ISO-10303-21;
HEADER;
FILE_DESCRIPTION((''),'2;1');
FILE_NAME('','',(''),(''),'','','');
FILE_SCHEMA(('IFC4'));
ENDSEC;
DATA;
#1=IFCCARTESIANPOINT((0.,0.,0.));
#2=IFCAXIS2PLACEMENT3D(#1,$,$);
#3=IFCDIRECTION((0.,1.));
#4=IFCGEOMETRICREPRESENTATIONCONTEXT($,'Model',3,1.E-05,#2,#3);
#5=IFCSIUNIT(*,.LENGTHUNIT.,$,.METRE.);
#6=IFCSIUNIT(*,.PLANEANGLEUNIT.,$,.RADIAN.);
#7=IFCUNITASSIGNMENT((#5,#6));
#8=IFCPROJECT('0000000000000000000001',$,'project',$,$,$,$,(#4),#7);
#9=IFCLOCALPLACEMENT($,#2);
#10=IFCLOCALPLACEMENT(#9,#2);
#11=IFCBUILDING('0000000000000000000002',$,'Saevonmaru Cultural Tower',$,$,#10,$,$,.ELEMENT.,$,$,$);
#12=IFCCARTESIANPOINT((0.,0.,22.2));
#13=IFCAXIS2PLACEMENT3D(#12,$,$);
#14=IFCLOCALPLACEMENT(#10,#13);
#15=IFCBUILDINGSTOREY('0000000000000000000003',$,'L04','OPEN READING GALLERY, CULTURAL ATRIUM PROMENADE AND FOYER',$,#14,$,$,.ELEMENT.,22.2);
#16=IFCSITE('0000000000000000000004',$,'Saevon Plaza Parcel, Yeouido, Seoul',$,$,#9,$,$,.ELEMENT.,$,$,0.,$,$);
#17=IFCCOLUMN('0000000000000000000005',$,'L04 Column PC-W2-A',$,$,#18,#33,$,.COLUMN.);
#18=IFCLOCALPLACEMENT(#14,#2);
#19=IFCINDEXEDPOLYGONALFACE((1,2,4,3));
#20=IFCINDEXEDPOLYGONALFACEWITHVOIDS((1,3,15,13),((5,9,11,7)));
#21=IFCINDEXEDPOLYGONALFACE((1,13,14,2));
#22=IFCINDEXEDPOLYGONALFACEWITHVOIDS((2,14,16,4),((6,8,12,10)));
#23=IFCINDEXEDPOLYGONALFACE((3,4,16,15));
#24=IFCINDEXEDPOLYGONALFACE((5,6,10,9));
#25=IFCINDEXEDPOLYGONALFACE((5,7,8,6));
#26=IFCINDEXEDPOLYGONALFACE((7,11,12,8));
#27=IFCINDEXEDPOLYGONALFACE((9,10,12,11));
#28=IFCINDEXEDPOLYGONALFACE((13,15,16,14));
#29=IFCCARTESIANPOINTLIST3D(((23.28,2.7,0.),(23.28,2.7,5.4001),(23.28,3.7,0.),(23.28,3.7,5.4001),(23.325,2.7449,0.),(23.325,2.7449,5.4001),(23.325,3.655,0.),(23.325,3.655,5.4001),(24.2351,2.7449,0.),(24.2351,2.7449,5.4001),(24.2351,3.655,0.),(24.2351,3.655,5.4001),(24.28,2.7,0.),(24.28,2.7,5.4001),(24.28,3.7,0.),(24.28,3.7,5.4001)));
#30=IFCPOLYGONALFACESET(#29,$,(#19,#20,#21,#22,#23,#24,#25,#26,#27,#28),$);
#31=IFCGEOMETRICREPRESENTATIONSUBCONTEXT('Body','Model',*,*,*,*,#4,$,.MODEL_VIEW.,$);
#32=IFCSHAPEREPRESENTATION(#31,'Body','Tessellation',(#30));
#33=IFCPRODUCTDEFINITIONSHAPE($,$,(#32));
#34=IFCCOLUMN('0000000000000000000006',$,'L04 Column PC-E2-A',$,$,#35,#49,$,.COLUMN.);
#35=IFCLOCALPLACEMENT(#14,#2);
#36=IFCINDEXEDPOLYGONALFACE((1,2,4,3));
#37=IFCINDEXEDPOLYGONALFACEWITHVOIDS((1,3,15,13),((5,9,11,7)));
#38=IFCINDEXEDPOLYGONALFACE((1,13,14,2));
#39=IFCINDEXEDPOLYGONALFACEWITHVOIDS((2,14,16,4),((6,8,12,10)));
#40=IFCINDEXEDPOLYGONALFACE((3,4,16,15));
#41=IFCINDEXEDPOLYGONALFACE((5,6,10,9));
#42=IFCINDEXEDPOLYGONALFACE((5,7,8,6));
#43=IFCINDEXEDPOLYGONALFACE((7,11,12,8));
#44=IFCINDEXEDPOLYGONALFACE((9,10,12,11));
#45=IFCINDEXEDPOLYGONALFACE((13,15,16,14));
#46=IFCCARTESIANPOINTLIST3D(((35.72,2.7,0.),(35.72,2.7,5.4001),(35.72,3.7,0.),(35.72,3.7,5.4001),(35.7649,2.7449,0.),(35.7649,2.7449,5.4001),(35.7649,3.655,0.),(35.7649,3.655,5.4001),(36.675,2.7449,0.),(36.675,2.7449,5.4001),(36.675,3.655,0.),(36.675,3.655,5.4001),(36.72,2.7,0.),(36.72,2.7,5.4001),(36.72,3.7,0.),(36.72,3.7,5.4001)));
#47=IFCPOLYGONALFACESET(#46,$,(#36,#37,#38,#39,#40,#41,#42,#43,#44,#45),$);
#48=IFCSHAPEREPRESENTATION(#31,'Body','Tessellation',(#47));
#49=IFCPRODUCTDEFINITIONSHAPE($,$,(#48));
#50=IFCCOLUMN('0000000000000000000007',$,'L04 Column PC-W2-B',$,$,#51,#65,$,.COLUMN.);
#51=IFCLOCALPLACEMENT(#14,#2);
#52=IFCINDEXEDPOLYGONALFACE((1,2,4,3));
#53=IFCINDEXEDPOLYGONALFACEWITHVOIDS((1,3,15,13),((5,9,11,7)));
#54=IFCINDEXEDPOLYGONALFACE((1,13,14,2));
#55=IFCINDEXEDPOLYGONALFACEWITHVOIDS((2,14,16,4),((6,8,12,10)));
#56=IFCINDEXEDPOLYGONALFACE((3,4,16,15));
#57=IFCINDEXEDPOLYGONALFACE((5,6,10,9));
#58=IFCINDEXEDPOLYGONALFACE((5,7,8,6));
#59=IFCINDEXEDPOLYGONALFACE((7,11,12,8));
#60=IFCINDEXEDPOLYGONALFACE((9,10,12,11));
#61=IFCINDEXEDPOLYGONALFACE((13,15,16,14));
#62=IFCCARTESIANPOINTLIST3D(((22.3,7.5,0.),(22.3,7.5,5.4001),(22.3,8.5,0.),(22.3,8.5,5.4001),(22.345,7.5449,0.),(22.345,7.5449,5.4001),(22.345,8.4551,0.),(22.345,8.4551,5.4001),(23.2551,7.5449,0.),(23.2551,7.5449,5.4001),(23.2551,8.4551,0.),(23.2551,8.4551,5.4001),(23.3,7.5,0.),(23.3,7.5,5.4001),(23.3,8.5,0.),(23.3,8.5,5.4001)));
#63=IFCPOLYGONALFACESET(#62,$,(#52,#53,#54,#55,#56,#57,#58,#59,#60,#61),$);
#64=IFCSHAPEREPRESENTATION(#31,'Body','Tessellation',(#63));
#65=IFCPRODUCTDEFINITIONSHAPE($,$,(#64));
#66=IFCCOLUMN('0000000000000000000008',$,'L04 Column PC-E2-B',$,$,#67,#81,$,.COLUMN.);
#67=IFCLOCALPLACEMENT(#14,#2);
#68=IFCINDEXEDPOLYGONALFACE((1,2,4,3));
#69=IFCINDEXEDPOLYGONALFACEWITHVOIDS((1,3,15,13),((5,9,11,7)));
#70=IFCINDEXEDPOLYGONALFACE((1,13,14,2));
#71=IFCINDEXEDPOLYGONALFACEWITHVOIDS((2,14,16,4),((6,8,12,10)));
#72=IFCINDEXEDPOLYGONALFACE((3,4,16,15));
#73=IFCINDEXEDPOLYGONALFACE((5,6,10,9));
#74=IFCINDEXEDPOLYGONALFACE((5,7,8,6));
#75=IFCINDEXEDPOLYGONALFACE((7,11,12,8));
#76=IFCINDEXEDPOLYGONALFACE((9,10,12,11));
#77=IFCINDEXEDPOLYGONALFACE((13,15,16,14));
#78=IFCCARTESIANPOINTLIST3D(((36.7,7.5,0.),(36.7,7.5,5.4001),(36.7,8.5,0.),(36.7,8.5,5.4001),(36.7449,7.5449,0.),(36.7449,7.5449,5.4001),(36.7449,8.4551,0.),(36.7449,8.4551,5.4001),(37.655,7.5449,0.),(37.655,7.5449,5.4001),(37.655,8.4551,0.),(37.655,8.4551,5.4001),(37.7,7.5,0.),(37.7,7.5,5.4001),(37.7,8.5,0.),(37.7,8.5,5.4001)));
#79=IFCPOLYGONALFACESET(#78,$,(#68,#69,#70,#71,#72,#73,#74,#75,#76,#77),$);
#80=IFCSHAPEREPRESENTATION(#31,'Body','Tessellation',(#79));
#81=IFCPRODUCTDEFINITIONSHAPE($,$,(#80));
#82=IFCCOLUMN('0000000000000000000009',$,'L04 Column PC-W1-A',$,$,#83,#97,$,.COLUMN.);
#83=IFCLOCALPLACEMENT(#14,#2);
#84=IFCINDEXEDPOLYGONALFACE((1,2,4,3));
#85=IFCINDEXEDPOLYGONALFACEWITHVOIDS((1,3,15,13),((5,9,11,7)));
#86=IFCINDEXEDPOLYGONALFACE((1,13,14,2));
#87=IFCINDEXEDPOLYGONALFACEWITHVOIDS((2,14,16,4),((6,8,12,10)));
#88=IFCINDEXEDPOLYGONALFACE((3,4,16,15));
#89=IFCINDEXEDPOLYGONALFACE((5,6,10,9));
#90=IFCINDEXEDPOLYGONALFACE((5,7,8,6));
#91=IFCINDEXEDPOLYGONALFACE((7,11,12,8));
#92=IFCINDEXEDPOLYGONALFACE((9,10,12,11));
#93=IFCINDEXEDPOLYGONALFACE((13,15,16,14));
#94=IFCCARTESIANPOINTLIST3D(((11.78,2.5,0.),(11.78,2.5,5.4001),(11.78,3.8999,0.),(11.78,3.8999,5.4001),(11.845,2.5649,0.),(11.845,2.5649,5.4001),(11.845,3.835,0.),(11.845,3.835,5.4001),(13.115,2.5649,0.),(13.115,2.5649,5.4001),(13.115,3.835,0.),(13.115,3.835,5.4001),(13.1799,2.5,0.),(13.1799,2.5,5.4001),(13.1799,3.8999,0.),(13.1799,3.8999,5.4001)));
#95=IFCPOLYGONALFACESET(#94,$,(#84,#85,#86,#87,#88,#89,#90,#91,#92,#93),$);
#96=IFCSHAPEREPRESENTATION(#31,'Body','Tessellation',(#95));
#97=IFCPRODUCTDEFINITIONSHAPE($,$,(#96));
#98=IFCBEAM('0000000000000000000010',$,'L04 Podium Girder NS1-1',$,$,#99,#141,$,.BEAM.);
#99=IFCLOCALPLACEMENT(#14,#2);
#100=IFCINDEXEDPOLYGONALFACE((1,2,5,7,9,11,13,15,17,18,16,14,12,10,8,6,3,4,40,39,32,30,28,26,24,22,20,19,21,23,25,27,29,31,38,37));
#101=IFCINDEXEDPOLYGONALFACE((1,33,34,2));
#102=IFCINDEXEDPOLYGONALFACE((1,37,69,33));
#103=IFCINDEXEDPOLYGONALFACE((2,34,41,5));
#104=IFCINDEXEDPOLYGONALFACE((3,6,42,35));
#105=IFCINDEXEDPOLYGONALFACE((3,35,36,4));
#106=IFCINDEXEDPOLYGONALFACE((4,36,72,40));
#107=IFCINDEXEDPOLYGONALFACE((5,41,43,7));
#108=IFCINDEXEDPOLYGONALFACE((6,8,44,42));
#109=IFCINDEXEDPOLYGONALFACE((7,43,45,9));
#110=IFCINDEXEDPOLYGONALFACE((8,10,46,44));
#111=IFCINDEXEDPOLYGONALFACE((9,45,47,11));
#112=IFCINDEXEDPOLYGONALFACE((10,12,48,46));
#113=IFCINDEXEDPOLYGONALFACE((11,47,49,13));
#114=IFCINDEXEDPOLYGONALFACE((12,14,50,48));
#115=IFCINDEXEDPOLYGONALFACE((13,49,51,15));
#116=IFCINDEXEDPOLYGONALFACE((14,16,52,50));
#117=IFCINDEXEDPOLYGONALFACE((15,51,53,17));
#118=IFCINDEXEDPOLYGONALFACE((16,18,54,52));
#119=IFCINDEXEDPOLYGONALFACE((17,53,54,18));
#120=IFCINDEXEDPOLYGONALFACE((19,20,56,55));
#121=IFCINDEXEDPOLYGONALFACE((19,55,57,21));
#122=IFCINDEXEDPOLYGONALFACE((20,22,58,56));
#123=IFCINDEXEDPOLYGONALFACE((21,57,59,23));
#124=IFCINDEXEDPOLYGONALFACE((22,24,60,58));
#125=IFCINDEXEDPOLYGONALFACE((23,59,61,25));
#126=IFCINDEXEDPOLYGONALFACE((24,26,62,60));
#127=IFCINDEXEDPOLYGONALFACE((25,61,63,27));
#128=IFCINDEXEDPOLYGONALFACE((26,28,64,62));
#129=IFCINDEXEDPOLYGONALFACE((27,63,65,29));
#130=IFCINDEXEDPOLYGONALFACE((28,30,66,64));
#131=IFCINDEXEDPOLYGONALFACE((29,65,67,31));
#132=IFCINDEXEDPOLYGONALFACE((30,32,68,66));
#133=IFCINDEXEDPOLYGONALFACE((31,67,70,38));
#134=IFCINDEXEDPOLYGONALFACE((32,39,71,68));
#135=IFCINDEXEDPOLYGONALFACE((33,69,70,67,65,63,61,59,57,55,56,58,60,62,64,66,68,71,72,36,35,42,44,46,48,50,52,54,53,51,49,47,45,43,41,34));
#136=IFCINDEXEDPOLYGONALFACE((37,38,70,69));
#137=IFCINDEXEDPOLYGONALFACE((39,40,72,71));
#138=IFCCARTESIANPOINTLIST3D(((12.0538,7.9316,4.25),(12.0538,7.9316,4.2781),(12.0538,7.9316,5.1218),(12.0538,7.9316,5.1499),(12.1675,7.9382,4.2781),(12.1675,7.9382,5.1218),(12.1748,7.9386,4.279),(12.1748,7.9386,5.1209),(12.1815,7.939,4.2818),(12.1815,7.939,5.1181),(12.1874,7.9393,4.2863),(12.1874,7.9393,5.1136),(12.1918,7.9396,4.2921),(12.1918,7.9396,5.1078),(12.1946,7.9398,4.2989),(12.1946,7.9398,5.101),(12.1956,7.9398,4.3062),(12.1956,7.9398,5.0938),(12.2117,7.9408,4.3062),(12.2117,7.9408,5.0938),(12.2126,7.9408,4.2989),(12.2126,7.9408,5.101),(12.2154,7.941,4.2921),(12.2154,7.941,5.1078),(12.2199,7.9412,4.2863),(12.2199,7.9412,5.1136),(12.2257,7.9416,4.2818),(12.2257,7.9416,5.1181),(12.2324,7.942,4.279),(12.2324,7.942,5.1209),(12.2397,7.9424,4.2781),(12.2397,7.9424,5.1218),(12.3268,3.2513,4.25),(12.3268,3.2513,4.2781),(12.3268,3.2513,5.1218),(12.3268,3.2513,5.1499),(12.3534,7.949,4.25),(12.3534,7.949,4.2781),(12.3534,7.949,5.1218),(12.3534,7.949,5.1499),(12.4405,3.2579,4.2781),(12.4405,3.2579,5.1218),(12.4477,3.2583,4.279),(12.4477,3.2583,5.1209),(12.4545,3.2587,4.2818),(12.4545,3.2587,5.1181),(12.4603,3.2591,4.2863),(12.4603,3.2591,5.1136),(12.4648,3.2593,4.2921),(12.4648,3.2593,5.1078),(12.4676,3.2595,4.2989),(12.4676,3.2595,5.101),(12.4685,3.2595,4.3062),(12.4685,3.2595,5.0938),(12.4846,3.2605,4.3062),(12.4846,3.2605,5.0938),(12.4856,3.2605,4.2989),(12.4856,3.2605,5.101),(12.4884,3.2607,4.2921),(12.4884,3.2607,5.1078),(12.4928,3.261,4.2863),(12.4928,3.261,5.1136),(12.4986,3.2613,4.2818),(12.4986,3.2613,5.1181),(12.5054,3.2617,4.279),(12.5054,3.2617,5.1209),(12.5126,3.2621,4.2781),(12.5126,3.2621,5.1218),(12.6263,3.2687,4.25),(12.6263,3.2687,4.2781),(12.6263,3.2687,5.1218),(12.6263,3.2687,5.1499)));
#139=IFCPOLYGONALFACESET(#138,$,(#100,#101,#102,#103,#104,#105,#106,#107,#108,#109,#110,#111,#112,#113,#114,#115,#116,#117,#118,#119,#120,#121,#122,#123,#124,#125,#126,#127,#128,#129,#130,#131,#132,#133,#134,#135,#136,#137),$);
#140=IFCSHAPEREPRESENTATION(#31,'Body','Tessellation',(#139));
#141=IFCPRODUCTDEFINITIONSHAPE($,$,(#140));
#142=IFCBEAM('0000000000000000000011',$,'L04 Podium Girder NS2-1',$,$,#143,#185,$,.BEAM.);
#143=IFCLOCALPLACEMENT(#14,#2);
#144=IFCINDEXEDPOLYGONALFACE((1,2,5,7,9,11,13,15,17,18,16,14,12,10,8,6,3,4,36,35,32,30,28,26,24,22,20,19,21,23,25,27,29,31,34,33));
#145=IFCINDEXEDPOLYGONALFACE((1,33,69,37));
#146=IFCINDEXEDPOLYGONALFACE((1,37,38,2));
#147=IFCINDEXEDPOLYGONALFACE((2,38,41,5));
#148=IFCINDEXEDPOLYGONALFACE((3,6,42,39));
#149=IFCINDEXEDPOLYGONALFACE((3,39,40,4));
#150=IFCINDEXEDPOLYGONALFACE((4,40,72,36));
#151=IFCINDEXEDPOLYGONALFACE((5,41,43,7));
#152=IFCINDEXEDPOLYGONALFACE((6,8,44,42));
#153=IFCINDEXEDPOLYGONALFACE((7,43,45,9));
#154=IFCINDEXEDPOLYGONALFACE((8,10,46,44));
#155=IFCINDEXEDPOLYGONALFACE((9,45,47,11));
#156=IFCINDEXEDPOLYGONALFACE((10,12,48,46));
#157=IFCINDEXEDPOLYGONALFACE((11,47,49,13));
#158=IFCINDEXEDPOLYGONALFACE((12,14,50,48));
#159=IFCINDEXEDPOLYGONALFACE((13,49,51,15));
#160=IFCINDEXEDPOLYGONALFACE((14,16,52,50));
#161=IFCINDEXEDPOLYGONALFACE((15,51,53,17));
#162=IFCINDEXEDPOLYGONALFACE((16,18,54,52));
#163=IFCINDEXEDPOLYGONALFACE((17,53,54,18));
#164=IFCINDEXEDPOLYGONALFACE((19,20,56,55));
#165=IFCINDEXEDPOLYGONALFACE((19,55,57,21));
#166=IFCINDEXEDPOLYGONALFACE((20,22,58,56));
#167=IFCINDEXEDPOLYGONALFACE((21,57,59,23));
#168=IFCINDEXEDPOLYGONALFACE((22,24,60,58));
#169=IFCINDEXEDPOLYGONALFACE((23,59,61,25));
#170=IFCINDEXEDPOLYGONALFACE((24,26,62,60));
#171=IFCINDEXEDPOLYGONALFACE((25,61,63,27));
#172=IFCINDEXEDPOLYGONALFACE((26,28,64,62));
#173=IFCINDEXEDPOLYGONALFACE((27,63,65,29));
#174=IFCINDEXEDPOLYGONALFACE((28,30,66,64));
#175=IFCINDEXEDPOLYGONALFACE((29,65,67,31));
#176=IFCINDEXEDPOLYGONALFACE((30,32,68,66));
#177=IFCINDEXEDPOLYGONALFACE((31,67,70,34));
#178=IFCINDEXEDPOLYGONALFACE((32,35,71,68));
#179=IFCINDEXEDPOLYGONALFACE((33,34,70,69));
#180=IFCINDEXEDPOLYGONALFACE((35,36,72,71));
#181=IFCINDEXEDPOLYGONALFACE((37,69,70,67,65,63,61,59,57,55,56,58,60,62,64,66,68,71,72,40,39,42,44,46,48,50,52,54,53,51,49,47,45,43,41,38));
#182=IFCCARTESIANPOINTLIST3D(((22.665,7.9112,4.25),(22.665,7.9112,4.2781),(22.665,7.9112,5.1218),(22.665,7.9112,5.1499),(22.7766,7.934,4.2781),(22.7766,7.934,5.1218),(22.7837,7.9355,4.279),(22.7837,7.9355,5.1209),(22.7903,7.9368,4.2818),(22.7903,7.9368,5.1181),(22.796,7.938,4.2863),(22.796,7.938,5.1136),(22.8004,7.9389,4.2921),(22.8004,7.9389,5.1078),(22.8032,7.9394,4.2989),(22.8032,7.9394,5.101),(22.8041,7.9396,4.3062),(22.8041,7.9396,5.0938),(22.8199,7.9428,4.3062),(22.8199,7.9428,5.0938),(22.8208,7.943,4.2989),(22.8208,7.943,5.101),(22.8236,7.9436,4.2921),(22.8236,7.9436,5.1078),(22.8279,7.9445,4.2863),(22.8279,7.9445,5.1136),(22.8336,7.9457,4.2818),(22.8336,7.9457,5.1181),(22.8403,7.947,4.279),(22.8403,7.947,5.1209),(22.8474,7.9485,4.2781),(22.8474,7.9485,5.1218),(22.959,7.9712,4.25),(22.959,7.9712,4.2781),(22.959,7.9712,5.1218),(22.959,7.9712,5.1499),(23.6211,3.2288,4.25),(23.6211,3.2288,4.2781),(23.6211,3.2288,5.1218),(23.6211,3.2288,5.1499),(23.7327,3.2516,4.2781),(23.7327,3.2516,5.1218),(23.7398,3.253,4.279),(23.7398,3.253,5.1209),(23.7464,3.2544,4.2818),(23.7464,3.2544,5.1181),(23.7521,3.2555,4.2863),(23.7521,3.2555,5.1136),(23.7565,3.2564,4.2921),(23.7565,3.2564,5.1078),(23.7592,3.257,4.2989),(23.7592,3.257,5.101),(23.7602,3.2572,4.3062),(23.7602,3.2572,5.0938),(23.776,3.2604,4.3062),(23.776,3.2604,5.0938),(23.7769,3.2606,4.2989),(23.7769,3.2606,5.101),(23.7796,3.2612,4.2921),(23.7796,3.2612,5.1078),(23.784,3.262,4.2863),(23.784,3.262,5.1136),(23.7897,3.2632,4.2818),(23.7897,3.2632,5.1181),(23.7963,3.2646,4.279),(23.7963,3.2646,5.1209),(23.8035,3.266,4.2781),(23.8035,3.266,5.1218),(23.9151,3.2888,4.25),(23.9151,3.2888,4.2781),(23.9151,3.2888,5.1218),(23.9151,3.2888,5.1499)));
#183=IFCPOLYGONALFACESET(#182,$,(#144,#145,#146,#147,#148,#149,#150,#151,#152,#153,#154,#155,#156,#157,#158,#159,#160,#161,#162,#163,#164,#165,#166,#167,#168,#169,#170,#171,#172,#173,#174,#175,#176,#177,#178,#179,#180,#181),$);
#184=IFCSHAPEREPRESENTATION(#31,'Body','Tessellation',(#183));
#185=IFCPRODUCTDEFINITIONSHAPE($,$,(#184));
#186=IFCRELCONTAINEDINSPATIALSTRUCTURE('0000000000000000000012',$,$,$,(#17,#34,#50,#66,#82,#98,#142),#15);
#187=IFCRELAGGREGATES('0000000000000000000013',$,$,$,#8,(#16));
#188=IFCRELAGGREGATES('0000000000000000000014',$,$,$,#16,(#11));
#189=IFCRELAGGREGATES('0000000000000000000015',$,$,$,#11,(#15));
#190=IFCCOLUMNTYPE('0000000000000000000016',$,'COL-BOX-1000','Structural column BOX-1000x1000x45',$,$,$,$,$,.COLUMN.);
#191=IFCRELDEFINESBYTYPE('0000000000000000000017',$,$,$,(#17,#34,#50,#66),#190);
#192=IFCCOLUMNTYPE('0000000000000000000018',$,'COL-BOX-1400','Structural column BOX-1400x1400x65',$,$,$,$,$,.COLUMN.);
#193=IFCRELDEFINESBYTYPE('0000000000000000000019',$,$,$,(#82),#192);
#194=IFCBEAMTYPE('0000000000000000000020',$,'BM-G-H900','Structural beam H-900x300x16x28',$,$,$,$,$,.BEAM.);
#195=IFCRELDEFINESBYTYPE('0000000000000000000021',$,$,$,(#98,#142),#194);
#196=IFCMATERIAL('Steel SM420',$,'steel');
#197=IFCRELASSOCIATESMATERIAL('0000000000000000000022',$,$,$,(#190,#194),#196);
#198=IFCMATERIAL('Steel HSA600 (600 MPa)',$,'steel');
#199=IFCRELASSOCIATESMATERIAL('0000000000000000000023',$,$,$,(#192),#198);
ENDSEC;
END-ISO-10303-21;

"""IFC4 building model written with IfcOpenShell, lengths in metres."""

from ifc_helpers import new_model, si_unit, direction, frame, origin, origin_2d, place, context, subcontext, project, spatial, hollow_rectangle, i_section, extrude, material, material_profile, profile_set, type_object, element, save


model = new_model("IFC4")

# Units and contexts
model_context = context("Model", 3, precision=1e-05, world=origin(), true_north=direction((0.0, 1.0)))
body_context = subcontext(model_context, "Body", "Model", "MODEL_VIEW")
ifc_project = project(units=[si_unit("LENGTHUNIT", "METRE"), si_unit("PLANEANGLEUNIT", "RADIAN")], contexts=[model_context])

# Site, building, storey
site_placement = place(None, origin())
site = spatial("IfcSite", under=ifc_project, at=site_placement, Name="Saevon Plaza Parcel, Yeouido, Seoul", CompositionType="ELEMENT", RefElevation=0.0)
building_placement = place(site_placement, origin())
building = spatial("IfcBuilding", under=site, at=building_placement, Name="Saevonmaru Cultural Tower", CompositionType="ELEMENT")
storey_placement = place(building_placement, frame((0.0, 0.0, 22.2)))
storey = spatial("IfcBuildingStorey", under=building, at=storey_placement, Name="L04", Description="OPEN READING GALLERY, CULTURAL ATRIUM PROMENADE AND FOYER", CompositionType="ELEMENT", Elevation=22.2)

# Columns
ifc_material_1 = material(Name="Steel SM420", Category="steel")
ifc_material_profile_1 = material_profile(ifc_material_1, hollow_rectangle(XDim=1.0, YDim=1.0, WallThickness=0.0449, at=origin_2d()), Name="BOX-1000x1000x45")
ifc_profile_set_1 = profile_set([ifc_material_profile_1], Name="Steel SM420")
column_type_1 = type_object("IfcColumnType", Name="COL-BOX-1000", Description="Structural column BOX-1000x1000x45", PredefinedType="COLUMN", material=ifc_profile_set_1)
for number, where, z_axis, x_axis, name in (
    (1, (23.78, 3.2, 0.0), (0.0, 0.0, 1.0), (1.0, 0.0, 0.0), "L04 Column PC-W2-A"),
    (2, (36.22, 3.2, 0.0), (0.0, 0.0, 1.0), (1.0, 0.0, 0.0), "L04 Column PC-E2-A"),
    (3, (22.8, 8.0, 0.0), (0.0, 0.0, 1.0), (1.0, 0.0, 0.0), "L04 Column PC-W2-B"),
    (4, (37.2, 8.0, 0.0), (0.0, 0.0, 1.0), (1.0, 0.0, 0.0), "L04 Column PC-E2-B"),
):
    element("IfcColumn", number, at=place(storey_placement, frame(where, z_axis=z_axis, x_axis=x_axis)), inside=storey, type_object=column_type_1, Name=name, PredefinedType="COLUMN", context=body_context, shape_type="SweptSolid", body=[
        extrude(hollow_rectangle(XDim=1.0, YDim=1.0, WallThickness=0.0449, at=origin_2d()), origin(), (0.0, 0.0, 1.0), 5.4001),
    ])
ifc_material_2 = material(Name="Steel HSA600 (600 MPa)", Category="steel")
ifc_material_profile_2 = material_profile(ifc_material_2, hollow_rectangle(XDim=1.3999, YDim=1.3999, WallThickness=0.0649, at=origin_2d()), Name="BOX-1400x1400x65")
ifc_profile_set_2 = profile_set([ifc_material_profile_2], Name="Steel HSA600 (600 MPa)")
column_type_2 = type_object("IfcColumnType", Name="COL-BOX-1400", Description="Structural column BOX-1400x1400x65", PredefinedType="COLUMN", material=ifc_profile_set_2)
column_placement = place(storey_placement, frame((12.48, 3.2, 0.0), z_axis=(0.0, 0.0, 1.0), x_axis=(1.0, 0.0, 0.0)))
element("IfcColumn", 5, at=column_placement, inside=storey, type_object=column_type_2, Name="L04 Column PC-W1-A", PredefinedType="COLUMN", context=body_context, shape_type="SweptSolid", body=[
    extrude(hollow_rectangle(XDim=1.3999, YDim=1.3999, WallThickness=0.0649, at=origin_2d()), origin(), (0.0, 0.0, 1.0), 5.4001),
])

# Beams
ifc_material_profile_3 = material_profile(ifc_material_1, i_section(OverallWidth=0.3, OverallDepth=0.8999, WebThickness=0.0161, FlangeThickness=0.0281, FilletRadius=0.0281, at=origin_2d()), Name="H-900x300x16x28")
ifc_profile_set_3 = profile_set([ifc_material_profile_3], Name="Steel SM420")
beam_type_1 = type_object("IfcBeamType", Name="BM-G-H900", Description="Structural beam H-900x300x16x28", PredefinedType="BEAM", material=ifc_profile_set_3)
beam_1_placement = place(storey_placement, frame((12.4766, 3.26, 4.7), z_axis=(-0.058221, 0.998304, 0.0), x_axis=(-0.998304, -0.058221, 0.0)))
element("IfcBeam", 6, at=beam_1_placement, inside=storey, type_object=beam_type_1, Name="L04 Podium Girder NS1-1", PredefinedType="BEAM", context=body_context, shape_type="SweptSolid", body=[
    extrude(i_section(OverallWidth=0.3, OverallDepth=0.8999, WebThickness=0.0161, FlangeThickness=0.0281, FilletRadius=0.0281, at=origin_2d()), origin(), (0.0, 0.0, 1.0), 4.6882),
])
beam_2_placement = place(storey_placement, frame((23.7681, 3.2588, 4.7), z_axis=(-0.200054, 0.979785, 0.0), x_axis=(-0.979785, -0.200054, 0.0)))
element("IfcBeam", 7, at=beam_2_placement, inside=storey, type_object=beam_type_1, Name="L04 Podium Girder NS2-1", PredefinedType="BEAM", context=body_context, shape_type="SweptSolid", body=[
    extrude(i_section(OverallWidth=0.3, OverallDepth=0.8999, WebThickness=0.0161, FlangeThickness=0.0281, FilletRadius=0.0281, at=origin_2d()), origin(), (0.0, 0.0, 1.0), 4.7791),
])

save(model, "model.ifc")
